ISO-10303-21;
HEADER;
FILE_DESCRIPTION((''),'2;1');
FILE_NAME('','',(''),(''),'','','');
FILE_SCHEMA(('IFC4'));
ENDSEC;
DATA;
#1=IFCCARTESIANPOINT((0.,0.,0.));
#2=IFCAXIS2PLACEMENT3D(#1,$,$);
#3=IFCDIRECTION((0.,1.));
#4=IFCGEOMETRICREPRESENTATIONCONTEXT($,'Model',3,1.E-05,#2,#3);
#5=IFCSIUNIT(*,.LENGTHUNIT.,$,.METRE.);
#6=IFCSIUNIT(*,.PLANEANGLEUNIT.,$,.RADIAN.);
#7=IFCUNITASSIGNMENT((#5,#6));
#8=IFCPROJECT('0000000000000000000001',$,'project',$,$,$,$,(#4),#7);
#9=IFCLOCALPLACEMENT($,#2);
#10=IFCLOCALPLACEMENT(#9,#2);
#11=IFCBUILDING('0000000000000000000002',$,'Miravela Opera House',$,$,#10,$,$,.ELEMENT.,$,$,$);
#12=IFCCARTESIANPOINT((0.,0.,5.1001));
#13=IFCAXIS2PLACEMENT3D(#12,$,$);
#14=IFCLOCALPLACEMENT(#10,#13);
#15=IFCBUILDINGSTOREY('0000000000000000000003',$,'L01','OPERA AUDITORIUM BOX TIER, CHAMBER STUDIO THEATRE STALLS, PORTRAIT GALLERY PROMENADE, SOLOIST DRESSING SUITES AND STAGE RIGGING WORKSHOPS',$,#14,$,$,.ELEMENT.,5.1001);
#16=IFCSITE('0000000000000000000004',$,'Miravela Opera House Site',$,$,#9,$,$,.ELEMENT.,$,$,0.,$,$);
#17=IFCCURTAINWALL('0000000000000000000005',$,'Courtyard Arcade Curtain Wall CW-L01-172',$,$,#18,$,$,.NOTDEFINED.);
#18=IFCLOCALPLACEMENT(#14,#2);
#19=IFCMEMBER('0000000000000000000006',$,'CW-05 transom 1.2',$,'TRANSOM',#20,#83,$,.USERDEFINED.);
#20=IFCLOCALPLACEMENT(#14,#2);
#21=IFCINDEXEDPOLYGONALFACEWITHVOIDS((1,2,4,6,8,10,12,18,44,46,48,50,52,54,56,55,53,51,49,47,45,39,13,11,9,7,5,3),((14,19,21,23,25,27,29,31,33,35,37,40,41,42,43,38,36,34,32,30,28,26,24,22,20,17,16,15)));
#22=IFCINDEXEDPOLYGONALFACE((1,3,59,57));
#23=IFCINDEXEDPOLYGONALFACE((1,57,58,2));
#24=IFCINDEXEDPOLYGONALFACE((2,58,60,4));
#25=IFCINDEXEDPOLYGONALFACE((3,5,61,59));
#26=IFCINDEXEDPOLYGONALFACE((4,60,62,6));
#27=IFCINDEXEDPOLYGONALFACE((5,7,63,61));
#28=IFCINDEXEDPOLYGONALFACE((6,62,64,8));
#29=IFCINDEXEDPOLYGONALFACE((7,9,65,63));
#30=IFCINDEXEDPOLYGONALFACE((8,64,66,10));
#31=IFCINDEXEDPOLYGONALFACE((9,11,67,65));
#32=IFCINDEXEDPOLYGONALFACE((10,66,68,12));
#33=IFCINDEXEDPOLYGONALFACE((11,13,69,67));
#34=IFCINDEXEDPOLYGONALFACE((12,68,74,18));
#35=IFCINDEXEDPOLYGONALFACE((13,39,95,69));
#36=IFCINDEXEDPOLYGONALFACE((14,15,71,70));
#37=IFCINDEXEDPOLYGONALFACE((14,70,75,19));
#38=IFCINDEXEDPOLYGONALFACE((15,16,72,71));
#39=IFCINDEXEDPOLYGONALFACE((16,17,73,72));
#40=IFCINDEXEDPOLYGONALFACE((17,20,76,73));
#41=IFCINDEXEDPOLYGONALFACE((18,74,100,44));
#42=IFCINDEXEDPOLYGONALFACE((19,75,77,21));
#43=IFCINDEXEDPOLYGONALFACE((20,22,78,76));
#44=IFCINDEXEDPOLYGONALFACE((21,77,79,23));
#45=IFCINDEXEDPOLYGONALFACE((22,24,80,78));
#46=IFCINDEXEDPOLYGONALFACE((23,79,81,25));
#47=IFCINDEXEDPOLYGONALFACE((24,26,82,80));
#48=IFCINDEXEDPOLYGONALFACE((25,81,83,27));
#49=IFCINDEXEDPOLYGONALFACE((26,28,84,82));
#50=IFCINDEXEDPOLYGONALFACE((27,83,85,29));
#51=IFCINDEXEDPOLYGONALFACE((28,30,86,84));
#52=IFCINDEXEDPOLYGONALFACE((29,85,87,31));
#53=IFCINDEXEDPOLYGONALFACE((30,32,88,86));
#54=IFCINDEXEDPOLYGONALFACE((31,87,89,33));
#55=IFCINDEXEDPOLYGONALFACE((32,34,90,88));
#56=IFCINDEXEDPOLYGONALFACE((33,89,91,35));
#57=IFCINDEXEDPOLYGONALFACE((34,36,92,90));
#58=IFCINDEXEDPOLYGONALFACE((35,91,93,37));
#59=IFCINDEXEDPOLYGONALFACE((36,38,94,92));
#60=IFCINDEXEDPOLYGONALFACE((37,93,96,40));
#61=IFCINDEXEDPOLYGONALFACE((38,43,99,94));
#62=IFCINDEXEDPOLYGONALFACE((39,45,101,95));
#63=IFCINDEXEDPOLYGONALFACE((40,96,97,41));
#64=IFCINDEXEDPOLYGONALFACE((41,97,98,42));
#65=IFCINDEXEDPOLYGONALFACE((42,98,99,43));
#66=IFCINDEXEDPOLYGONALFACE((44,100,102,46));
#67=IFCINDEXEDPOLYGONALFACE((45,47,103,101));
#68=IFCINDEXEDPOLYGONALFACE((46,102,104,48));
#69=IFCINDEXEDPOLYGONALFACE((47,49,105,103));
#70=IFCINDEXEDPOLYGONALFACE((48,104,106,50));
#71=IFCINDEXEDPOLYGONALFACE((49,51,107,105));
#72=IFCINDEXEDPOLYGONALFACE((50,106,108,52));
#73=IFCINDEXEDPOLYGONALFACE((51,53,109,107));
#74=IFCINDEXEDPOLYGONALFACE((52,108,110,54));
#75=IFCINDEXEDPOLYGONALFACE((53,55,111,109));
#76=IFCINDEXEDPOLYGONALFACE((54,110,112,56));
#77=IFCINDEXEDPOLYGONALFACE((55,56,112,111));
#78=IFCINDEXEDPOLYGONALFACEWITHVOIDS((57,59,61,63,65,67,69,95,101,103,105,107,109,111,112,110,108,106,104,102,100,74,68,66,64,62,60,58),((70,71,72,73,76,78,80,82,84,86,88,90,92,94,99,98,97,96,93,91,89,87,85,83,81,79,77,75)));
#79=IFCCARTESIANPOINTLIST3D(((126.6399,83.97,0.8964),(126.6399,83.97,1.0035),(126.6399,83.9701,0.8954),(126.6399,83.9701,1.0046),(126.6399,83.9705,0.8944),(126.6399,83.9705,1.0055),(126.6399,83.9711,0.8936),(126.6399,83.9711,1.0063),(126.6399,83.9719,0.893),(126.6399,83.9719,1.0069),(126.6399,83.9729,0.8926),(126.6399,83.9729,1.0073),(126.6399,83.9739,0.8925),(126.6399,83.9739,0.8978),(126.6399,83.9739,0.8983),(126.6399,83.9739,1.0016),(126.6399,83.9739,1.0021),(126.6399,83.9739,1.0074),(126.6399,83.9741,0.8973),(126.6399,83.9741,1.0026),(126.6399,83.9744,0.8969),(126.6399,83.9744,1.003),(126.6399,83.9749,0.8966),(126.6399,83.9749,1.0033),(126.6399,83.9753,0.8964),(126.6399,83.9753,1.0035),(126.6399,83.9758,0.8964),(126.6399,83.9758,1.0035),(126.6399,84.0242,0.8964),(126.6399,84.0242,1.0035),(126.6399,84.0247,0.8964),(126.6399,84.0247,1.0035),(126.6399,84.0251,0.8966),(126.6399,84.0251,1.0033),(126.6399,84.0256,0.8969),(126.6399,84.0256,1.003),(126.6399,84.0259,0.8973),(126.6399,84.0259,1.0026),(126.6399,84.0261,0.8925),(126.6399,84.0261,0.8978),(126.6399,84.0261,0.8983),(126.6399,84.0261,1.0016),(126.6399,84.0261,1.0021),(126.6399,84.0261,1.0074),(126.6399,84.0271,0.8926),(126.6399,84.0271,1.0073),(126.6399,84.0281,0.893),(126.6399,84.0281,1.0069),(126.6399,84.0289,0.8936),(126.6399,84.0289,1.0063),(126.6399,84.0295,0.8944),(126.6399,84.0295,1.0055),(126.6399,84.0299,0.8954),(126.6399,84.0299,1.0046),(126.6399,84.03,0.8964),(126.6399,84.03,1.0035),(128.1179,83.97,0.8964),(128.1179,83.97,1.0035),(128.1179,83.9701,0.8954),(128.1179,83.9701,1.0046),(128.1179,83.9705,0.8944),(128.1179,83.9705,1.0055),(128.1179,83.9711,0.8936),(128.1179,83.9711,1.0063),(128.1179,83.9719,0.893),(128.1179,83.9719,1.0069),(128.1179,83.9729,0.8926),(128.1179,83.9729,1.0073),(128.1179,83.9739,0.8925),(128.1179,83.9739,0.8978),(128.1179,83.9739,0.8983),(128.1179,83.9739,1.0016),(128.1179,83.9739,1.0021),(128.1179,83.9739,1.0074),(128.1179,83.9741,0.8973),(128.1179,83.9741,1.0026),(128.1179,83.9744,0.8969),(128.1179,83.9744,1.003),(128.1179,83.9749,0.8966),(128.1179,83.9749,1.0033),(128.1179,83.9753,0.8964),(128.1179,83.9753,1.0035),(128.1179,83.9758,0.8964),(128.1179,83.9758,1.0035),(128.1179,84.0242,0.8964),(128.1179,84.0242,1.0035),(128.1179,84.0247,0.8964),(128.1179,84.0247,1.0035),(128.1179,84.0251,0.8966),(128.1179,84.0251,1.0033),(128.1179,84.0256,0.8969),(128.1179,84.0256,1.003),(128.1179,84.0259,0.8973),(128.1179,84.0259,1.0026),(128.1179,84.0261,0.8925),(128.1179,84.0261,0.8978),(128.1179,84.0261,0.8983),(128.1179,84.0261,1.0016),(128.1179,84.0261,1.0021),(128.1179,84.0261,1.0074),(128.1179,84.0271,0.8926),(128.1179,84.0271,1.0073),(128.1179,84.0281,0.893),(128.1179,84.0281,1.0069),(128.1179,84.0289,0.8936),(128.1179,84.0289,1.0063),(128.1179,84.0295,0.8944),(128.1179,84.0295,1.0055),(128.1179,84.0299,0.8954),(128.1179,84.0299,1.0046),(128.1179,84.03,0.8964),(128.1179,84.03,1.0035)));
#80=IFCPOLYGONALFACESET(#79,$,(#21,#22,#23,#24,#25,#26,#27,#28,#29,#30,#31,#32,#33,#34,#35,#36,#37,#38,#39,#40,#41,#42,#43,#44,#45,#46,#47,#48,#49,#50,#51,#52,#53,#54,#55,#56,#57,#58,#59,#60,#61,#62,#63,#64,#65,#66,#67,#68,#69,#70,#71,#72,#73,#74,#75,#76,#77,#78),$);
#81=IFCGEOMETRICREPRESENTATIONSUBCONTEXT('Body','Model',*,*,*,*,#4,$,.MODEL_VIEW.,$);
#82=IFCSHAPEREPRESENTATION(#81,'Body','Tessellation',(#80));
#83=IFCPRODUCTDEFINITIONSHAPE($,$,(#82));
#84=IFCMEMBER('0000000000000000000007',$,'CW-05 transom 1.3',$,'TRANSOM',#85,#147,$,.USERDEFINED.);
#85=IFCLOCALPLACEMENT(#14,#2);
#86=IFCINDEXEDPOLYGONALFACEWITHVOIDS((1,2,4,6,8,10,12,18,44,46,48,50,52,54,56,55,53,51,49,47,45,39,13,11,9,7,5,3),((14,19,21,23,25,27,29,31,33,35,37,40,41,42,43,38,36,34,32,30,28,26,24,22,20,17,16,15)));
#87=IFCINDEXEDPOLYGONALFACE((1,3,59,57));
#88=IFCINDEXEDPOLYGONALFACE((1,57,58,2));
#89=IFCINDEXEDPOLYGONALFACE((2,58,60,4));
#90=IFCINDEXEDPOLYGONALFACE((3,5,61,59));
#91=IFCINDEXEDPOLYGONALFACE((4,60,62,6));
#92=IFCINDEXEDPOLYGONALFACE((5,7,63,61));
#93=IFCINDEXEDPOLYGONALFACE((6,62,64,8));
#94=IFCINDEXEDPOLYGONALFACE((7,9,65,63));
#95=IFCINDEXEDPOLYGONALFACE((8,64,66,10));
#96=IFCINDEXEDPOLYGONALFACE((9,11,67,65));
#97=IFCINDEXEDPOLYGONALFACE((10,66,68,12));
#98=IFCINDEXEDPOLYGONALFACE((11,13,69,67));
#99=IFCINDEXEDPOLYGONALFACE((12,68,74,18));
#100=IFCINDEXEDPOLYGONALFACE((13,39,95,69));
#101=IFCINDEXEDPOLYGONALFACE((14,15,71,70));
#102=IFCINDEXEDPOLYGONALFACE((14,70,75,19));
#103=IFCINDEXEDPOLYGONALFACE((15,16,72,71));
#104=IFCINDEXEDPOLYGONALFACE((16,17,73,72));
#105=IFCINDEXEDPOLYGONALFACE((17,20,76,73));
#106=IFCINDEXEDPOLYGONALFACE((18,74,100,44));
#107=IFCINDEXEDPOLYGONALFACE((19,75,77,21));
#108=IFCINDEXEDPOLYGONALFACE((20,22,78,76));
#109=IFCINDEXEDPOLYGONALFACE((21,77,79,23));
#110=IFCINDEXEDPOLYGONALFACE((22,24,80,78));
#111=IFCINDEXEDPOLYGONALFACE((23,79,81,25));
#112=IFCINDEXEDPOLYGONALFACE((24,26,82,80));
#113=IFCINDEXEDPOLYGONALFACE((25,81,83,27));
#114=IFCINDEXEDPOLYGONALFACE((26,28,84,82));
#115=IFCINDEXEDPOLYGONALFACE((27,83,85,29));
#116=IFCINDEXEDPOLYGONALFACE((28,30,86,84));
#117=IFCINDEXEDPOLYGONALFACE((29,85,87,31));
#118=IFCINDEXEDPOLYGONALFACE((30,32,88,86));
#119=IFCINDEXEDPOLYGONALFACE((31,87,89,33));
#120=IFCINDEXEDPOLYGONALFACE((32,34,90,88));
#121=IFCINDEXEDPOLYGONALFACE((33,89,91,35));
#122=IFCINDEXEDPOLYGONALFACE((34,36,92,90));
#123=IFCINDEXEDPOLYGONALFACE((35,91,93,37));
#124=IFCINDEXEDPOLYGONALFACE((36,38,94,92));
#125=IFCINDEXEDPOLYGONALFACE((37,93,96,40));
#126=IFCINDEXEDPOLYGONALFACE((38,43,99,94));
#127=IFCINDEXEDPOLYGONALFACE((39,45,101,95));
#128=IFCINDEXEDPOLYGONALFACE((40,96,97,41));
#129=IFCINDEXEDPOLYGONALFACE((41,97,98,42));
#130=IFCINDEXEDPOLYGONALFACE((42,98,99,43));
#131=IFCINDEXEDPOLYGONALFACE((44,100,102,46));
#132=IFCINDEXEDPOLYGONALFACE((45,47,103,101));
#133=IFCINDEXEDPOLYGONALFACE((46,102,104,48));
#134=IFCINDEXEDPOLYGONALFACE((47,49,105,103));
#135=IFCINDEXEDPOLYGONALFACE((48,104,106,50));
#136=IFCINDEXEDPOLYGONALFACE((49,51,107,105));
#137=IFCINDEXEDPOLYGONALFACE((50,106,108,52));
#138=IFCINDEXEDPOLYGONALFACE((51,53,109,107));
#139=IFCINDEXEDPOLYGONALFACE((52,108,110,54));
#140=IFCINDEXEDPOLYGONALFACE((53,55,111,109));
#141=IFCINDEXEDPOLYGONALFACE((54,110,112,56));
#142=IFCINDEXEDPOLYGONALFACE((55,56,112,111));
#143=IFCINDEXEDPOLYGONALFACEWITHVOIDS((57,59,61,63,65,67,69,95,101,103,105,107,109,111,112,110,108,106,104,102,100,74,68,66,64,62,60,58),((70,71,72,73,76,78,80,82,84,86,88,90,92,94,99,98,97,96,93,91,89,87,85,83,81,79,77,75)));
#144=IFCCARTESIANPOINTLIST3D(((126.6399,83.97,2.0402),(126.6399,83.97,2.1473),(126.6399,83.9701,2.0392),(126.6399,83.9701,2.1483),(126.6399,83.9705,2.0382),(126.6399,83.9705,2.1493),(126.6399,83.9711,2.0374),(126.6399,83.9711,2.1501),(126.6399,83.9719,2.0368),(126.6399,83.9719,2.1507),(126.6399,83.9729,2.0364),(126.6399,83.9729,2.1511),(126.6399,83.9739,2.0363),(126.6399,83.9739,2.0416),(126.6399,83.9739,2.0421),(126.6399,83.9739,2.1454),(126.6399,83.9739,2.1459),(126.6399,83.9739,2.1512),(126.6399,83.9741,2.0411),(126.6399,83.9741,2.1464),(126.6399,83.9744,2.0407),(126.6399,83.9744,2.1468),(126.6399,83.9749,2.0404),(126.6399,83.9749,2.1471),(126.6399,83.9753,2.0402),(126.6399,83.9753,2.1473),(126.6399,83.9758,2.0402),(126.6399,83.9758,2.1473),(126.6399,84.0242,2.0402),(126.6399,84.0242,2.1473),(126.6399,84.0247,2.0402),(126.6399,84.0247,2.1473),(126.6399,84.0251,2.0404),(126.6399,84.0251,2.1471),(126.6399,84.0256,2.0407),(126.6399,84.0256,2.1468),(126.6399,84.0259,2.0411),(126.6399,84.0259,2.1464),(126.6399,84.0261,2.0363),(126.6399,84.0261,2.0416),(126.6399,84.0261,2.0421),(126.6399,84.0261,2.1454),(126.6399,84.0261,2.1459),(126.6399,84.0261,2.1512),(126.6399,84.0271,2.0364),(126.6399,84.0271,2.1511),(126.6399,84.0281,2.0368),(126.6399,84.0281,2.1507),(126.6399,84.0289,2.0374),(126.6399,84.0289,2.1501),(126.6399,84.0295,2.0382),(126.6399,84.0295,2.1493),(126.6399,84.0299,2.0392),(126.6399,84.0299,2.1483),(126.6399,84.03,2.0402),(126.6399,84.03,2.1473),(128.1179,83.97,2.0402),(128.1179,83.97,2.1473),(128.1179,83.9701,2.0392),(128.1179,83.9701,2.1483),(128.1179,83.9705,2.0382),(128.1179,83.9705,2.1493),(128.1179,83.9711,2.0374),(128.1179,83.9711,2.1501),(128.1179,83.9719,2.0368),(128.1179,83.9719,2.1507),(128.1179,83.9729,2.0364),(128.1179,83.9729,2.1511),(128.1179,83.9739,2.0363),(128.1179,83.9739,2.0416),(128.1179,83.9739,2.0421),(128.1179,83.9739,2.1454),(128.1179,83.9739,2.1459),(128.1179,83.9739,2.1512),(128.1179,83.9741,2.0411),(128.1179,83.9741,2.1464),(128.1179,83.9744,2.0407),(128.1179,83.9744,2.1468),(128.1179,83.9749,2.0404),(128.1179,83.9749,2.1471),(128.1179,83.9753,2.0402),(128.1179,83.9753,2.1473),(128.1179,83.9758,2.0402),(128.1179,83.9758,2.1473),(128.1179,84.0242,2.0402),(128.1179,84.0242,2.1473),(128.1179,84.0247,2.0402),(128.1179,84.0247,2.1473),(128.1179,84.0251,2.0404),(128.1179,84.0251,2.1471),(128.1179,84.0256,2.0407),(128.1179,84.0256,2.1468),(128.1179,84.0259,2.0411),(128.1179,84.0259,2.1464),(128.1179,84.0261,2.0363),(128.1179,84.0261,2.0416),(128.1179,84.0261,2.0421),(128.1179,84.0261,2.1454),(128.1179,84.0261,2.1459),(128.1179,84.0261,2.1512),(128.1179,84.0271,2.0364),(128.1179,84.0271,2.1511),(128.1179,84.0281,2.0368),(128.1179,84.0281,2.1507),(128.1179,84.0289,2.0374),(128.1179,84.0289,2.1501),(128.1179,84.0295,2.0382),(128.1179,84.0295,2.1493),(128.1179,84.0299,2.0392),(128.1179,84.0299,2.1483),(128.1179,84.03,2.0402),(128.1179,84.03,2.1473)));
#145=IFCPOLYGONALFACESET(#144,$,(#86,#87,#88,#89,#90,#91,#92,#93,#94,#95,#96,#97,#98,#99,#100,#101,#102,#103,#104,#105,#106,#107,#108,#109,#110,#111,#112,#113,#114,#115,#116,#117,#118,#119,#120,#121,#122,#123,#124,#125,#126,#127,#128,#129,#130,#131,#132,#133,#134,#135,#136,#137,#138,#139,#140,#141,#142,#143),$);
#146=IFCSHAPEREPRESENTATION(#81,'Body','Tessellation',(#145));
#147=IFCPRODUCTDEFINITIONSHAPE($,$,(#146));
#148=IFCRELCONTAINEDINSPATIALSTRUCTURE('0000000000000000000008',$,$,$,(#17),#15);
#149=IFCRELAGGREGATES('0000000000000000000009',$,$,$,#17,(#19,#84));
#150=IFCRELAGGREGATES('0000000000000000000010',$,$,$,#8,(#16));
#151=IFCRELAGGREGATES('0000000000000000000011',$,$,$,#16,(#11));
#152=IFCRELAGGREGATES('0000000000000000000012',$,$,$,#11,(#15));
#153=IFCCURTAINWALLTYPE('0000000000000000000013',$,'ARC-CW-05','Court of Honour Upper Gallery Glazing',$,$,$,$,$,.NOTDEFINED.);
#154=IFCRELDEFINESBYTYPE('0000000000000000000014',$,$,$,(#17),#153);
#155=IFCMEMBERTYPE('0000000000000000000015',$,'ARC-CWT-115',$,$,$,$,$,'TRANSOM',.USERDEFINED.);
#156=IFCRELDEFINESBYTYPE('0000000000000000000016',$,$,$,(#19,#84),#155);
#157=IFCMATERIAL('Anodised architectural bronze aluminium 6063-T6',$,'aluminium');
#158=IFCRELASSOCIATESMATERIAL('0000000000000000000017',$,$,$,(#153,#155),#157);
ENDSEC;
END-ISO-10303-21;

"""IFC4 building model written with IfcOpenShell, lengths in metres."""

from ifc_helpers import new_model, si_unit, direction, frame, origin, origin_2d, place, context, subcontext, project, spatial, hollow_rectangle, extrude, material, material_profile, profile_set, type_object, element, aggregate, save


model = new_model("IFC4")

# Units and contexts
model_context = context("Model", 3, precision=1e-05, world=origin(), true_north=direction((0.0, 1.0)))
body_context = subcontext(model_context, "Body", "Model", "MODEL_VIEW")
ifc_project = project(units=[si_unit("LENGTHUNIT", "METRE"), si_unit("PLANEANGLEUNIT", "RADIAN")], contexts=[model_context])

# Site, building, storey
site_placement = place(None, origin())
site = spatial("IfcSite", under=ifc_project, at=site_placement, Name="Miravela Opera House Site", CompositionType="ELEMENT", RefElevation=0.0)
building_placement = place(site_placement, origin())
building = spatial("IfcBuilding", under=site, at=building_placement, Name="Miravela Opera House", CompositionType="ELEMENT")
storey_placement = place(building_placement, frame((0.0, 0.0, 5.1001)))
storey = spatial("IfcBuildingStorey", under=building, at=storey_placement, Name="L01", Description="OPERA AUDITORIUM BOX TIER, CHAMBER STUDIO THEATRE STALLS, PORTRAIT GALLERY PROMENADE, SOLOIST DRESSING SUITES AND STAGE RIGGING WORKSHOPS", CompositionType="ELEMENT", Elevation=5.1001)

# Shared definitions
ifc_material_1 = material(Name="Anodised architectural bronze aluminium 6063-T6", Category="aluminium")
curtain_wall_type = type_object("IfcCurtainWallType", Name="ARC-CW-05", Description="Court of Honour Upper Gallery Glazing", PredefinedType="NOTDEFINED", material=ifc_material_1)

# Curtain wall
curtain_wall_1_placement = place(storey_placement, origin())
curtain_wall_1 = element("IfcCurtainWall", 1, at=curtain_wall_1_placement, inside=storey, type_object=curtain_wall_type, Name="Courtyard Arcade Curtain Wall CW-L01-172", PredefinedType="NOTDEFINED")

# Members
ifc_material_profile_1 = material_profile(ifc_material_1, hollow_rectangle(XDim=0.0601, YDim=0.115, WallThickness=0.0039, InnerFilletRadius=0.002, OuterFilletRadius=0.0039, at=origin_2d()), Name="CWT-60X115")
ifc_profile_set_1 = profile_set([ifc_material_profile_1])
member_type_1 = type_object("IfcMemberType", Name="ARC-CWT-115", ElementType="TRANSOM", PredefinedType="USERDEFINED", material=ifc_profile_set_1)
member_1_placement = place(storey_placement, frame((126.6399, 84.0, 0.95), z_axis=(1.0, 0.0, 0.0), x_axis=(0.0, 1.0, 0.0)))
member_1 = element("IfcMember", 2, at=member_1_placement, type_object=member_type_1, Name="CW-05 transom 1.2", ObjectType="TRANSOM", PredefinedType="USERDEFINED", context=body_context, shape_type="SweptSolid", body=[
    extrude(hollow_rectangle(XDim=0.0601, YDim=0.115, WallThickness=0.0039, InnerFilletRadius=0.002, OuterFilletRadius=0.0039, at=origin_2d()), origin(), (0.0, 0.0, 1.0), 1.478),
])
member_2_placement = place(storey_placement, frame((126.6399, 84.0, 2.0938), z_axis=(1.0, 0.0, 0.0), x_axis=(0.0, 1.0, 0.0)))
member_2 = element("IfcMember", 3, at=member_2_placement, type_object=member_type_1, Name="CW-05 transom 1.3", ObjectType="TRANSOM", PredefinedType="USERDEFINED", context=body_context, shape_type="SweptSolid", body=[
    extrude(hollow_rectangle(XDim=0.0601, YDim=0.115, WallThickness=0.0039, InnerFilletRadius=0.002, OuterFilletRadius=0.0039, at=origin_2d()), origin(), (0.0, 0.0, 1.0), 1.478),
])

aggregate(curtain_wall_1, [member_1, member_2])

save(model, "model.ifc")
